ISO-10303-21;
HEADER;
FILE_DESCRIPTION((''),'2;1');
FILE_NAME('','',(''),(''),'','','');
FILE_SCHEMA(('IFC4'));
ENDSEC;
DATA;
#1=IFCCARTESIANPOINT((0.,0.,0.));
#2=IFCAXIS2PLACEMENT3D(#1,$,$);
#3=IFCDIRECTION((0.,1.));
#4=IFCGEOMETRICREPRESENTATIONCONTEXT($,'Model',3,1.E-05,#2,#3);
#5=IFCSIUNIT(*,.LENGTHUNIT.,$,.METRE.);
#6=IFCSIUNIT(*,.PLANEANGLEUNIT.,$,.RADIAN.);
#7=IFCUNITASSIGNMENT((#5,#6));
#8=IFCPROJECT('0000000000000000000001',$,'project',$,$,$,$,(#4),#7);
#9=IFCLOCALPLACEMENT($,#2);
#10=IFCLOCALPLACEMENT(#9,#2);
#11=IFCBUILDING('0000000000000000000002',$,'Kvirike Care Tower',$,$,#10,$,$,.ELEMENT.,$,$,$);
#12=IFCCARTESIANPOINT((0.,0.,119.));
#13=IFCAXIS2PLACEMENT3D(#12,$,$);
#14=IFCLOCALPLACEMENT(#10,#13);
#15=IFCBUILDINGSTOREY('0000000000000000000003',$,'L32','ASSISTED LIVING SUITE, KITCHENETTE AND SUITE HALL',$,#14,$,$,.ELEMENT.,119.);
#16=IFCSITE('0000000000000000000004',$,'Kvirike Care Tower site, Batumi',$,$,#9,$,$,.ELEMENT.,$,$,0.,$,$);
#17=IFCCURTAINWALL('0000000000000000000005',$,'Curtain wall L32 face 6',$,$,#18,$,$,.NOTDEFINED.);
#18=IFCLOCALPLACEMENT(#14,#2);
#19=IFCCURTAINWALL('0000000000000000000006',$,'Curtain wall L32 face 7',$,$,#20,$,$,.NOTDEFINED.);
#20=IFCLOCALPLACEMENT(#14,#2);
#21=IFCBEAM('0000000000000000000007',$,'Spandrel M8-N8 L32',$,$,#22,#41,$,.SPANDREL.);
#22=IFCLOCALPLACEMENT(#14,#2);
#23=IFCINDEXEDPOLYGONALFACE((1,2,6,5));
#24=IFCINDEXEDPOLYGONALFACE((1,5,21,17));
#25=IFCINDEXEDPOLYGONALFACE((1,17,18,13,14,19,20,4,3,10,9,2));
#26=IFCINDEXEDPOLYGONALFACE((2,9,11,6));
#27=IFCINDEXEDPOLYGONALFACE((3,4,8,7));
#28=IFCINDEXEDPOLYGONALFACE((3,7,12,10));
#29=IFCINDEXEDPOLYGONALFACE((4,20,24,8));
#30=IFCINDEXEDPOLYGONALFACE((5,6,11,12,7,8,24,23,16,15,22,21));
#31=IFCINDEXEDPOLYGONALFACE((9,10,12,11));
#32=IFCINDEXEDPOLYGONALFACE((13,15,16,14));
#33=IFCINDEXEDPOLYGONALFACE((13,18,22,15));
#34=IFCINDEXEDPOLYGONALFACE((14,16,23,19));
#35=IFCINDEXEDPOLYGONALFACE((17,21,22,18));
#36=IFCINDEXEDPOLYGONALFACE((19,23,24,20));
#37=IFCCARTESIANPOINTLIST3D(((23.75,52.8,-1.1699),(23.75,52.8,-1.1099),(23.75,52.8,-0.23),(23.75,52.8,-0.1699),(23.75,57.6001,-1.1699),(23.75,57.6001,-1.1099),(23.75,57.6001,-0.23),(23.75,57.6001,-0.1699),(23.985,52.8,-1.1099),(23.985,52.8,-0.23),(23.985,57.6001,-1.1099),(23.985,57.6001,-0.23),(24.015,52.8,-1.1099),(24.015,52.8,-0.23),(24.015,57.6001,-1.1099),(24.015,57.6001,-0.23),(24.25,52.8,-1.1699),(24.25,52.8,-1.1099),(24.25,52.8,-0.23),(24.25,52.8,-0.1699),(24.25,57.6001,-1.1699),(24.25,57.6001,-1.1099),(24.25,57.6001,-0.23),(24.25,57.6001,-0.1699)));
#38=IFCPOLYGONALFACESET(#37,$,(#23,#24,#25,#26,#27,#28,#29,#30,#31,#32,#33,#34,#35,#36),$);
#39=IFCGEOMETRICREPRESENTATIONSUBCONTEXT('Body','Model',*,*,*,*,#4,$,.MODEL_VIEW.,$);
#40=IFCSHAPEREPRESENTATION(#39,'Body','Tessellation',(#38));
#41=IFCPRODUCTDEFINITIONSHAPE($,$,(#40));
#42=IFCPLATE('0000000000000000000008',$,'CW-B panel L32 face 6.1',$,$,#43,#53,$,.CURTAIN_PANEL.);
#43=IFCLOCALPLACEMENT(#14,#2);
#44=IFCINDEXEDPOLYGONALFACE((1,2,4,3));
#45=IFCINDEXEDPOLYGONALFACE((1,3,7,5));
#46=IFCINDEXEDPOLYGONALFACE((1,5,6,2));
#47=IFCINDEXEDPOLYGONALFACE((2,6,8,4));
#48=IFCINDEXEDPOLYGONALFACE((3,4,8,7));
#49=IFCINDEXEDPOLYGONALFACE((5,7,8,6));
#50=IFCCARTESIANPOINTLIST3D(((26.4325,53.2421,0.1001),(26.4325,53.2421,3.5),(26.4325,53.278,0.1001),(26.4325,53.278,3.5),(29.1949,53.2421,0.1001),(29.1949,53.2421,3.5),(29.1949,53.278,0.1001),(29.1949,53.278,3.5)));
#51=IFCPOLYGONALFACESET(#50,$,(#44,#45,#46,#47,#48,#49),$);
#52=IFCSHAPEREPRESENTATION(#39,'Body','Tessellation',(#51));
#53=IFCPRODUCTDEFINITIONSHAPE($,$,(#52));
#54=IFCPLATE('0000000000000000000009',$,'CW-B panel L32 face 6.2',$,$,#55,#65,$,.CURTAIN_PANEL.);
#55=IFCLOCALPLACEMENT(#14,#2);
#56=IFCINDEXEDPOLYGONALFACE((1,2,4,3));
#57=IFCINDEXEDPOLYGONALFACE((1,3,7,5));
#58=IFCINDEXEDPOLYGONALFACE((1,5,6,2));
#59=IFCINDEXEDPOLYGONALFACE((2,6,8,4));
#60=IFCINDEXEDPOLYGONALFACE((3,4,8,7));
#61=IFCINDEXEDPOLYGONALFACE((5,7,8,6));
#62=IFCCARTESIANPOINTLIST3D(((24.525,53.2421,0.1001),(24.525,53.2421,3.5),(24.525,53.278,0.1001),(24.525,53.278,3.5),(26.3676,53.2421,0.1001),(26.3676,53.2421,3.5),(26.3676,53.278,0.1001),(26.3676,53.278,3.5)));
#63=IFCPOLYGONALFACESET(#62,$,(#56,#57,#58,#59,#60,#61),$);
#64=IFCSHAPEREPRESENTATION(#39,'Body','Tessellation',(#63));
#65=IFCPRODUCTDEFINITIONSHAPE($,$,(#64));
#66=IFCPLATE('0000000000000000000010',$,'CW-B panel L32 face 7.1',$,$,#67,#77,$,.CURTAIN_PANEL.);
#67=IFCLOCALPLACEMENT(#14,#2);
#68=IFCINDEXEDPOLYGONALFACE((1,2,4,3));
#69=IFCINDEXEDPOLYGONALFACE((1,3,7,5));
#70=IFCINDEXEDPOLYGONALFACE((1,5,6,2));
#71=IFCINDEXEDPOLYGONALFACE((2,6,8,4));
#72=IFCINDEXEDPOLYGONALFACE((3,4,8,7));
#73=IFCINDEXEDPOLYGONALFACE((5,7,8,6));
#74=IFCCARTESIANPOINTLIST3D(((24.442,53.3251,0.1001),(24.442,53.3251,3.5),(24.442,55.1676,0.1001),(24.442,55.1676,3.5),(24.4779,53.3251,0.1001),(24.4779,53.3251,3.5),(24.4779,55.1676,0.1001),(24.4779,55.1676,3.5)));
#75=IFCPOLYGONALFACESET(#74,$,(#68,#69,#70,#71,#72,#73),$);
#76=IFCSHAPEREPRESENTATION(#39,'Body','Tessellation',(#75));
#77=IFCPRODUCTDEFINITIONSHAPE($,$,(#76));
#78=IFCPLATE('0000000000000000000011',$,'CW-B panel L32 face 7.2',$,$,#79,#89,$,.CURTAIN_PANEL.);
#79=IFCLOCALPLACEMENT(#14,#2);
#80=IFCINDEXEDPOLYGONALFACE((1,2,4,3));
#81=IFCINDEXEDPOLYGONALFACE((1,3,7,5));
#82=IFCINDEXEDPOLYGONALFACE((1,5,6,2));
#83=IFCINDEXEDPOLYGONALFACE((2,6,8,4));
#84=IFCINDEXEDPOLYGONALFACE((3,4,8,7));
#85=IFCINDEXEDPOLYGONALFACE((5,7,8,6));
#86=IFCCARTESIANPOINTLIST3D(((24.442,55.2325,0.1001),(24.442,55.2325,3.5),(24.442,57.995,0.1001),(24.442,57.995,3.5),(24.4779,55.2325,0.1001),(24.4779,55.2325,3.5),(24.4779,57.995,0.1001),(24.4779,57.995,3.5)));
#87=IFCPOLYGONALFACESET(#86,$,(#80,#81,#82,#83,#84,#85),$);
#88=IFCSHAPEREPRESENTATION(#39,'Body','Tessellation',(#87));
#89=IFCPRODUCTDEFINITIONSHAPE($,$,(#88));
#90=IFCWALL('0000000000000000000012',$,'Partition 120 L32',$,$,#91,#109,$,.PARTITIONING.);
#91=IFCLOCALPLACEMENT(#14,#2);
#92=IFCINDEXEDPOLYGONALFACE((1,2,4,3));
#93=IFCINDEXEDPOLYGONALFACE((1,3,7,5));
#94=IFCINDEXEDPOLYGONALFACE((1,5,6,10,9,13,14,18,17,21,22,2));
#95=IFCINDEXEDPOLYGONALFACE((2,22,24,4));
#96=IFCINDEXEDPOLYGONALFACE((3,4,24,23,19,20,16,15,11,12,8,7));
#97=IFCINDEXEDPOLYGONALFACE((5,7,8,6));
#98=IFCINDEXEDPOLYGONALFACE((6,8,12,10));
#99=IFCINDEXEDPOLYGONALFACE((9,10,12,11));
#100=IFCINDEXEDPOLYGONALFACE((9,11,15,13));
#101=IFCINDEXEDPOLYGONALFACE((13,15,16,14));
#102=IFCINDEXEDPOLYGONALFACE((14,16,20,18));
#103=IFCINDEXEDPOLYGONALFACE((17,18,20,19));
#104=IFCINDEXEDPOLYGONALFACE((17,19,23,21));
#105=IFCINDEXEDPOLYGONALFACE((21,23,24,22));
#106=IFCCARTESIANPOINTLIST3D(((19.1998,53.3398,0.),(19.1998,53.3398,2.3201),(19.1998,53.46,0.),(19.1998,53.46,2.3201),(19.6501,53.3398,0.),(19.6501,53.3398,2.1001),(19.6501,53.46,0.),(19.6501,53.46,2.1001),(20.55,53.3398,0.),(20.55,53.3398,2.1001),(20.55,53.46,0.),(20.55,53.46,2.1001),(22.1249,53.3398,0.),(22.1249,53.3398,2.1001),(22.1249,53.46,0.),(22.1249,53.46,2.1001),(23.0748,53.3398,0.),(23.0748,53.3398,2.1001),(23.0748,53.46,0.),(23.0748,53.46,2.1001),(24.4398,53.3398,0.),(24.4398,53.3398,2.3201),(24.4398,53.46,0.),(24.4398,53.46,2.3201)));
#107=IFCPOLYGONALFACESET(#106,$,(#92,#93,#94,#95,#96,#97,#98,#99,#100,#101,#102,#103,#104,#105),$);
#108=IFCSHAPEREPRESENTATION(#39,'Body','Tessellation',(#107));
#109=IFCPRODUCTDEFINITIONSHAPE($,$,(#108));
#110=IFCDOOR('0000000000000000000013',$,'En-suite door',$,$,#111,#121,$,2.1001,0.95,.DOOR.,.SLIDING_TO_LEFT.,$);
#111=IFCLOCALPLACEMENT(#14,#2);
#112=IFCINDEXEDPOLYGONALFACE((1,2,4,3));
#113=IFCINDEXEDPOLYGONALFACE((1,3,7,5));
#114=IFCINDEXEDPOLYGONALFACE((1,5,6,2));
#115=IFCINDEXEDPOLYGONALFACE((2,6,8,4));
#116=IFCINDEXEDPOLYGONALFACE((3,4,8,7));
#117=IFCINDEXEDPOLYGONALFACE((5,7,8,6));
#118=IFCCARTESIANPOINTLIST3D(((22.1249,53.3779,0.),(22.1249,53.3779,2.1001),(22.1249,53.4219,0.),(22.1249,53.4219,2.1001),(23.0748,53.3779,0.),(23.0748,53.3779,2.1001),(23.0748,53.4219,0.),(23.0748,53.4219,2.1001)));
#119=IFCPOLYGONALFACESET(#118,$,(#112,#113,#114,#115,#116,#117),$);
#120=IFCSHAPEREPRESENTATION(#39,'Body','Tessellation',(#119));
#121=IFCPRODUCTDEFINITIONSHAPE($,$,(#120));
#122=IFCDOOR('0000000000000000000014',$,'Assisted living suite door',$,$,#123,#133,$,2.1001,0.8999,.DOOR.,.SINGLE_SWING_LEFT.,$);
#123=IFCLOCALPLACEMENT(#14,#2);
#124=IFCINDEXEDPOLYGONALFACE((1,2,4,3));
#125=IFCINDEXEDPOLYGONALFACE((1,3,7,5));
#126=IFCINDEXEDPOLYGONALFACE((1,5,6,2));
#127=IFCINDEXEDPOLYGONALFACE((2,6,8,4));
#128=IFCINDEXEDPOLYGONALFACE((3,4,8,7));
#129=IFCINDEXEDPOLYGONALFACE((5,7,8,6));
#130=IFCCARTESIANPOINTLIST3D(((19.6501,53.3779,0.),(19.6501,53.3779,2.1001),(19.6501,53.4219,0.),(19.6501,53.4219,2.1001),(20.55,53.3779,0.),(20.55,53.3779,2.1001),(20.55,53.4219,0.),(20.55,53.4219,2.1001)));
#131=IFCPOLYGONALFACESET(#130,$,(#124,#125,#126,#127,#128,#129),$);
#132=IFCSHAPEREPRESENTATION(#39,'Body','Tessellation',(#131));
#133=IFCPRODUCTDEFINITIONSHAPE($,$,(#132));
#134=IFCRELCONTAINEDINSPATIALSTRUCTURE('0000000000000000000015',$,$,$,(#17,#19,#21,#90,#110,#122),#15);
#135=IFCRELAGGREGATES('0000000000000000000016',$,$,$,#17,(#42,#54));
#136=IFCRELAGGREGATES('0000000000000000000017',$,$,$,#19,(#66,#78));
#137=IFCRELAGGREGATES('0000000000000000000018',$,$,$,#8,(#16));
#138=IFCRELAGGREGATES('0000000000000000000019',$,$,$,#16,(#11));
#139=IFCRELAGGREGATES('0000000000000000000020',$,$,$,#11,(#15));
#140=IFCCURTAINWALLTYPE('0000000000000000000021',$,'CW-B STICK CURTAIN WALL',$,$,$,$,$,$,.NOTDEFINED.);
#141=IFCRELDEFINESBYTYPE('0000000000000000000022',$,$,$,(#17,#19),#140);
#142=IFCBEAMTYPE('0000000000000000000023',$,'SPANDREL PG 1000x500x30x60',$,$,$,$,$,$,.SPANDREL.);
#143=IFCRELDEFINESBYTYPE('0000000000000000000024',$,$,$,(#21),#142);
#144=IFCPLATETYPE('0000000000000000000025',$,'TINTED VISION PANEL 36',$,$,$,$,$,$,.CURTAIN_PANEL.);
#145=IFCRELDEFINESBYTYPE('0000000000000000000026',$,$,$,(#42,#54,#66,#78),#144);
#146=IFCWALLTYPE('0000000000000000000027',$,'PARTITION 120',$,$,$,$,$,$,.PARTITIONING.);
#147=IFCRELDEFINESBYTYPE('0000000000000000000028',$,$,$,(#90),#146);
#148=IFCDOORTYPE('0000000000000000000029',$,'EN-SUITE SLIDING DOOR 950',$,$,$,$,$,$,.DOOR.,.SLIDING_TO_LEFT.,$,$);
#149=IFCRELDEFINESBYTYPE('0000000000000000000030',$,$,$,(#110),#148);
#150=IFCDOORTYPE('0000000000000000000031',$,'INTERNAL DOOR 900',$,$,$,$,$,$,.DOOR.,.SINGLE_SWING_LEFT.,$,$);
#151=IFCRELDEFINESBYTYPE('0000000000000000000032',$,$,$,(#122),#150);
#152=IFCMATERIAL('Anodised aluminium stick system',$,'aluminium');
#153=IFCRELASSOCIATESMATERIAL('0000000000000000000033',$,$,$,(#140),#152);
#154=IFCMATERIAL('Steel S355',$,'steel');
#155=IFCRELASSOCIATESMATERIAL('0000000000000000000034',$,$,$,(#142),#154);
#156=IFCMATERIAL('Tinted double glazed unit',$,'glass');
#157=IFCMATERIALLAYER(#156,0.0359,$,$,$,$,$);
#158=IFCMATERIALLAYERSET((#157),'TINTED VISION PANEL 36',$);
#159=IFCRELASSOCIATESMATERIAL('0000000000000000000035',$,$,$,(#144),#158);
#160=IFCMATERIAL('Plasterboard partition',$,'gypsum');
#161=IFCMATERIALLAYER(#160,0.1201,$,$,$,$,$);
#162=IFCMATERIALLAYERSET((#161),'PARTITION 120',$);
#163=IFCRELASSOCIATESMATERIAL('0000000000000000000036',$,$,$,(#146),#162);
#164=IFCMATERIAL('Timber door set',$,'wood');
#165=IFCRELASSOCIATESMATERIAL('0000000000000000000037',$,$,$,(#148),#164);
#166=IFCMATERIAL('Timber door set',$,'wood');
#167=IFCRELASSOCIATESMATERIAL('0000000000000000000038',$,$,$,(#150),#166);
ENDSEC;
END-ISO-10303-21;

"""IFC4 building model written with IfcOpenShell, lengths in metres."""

from ifc_helpers import new_model, si_unit, direction, frame, frame_2d, origin, origin_2d, place, context, subcontext, project, spatial, rectangle, i_section, extrude, material, layer, layer_set, material_profile, profile_set, type_object, element, fill, aggregate, save


model = new_model("IFC4")

# Units and contexts
model_context = context("Model", 3, precision=1e-05, world=origin(), true_north=direction((0.0, 1.0)))
body_context = subcontext(model_context, "Body", "Model", "MODEL_VIEW")
ifc_project = project(units=[si_unit("LENGTHUNIT", "METRE"), si_unit("PLANEANGLEUNIT", "RADIAN")], contexts=[model_context])

# Site, building, storey
site_placement = place(None, origin())
site = spatial("IfcSite", under=ifc_project, at=site_placement, Name="Kvirike Care Tower site, Batumi", CompositionType="ELEMENT", RefElevation=0.0)
building_placement = place(site_placement, origin())
building = spatial("IfcBuilding", under=site, at=building_placement, Name="Kvirike Care Tower", CompositionType="ELEMENT")
storey_placement = place(building_placement, frame((0.0, 0.0, 119.0)))
storey = spatial("IfcBuildingStorey", under=building, at=storey_placement, Name="L32", Description="ASSISTED LIVING SUITE, KITCHENETTE AND SUITE HALL", CompositionType="ELEMENT", Elevation=119.0)

# Curtain walls
ifc_material_1 = material(Name="Anodised aluminium stick system", Category="aluminium")
curtain_wall_type = type_object("IfcCurtainWallType", Name="CW-B STICK CURTAIN WALL", PredefinedType="NOTDEFINED", material=ifc_material_1)
curtain_wall_1_placement = place(storey_placement, origin())
curtain_wall_1 = element("IfcCurtainWall", 1, at=curtain_wall_1_placement, inside=storey, type_object=curtain_wall_type, Name="Curtain wall L32 face 6", PredefinedType="NOTDEFINED")
curtain_wall_2_placement = place(storey_placement, origin())
curtain_wall_2 = element("IfcCurtainWall", 2, at=curtain_wall_2_placement, inside=storey, type_object=curtain_wall_type, Name="Curtain wall L32 face 7", PredefinedType="NOTDEFINED")

# Beam
ifc_material_2 = material(Name="Steel S355", Category="steel")
ifc_material_profile_1 = material_profile(ifc_material_2, i_section(OverallWidth=0.5, OverallDepth=1.0, WebThickness=0.03, FlangeThickness=0.0601, at=origin_2d()), Name="PG 1000x500x30x60")
ifc_profile_set_1 = profile_set([ifc_material_profile_1], Name="Steel S355")
beam_type = type_object("IfcBeamType", Name="SPANDREL PG 1000x500x30x60", PredefinedType="SPANDREL", material=ifc_profile_set_1)
beam_placement = place(storey_placement, frame((24.0, 52.8, -0.6699), z_axis=(0.0, 1.0, 0.0), x_axis=(-1.0, 0.0, 0.0)))
element("IfcBeam", 3, at=beam_placement, inside=storey, type_object=beam_type, Name="Spandrel M8-N8 L32", PredefinedType="SPANDREL", context=body_context, shape_type="SweptSolid", body=[
    extrude(i_section(OverallWidth=0.5, OverallDepth=1.0, WebThickness=0.03, FlangeThickness=0.0601, at=origin_2d()), origin(), (0.0, 0.0, 1.0), 4.8),
])

# Plates
ifc_material_3 = material(Name="Tinted double glazed unit", Category="glass")
ifc_layer_1 = layer(ifc_material_3, 0.0359)
ifc_layer_set_1 = layer_set([ifc_layer_1], Name="TINTED VISION PANEL 36")
plate_type = type_object("IfcPlateType", Name="TINTED VISION PANEL 36", PredefinedType="CURTAIN_PANEL", material=ifc_layer_set_1)
plate_1_placement = place(storey_placement, frame((27.8137, 53.26, 0.1001), z_axis=(0.0, 0.0, 1.0), x_axis=(-1.0, 0.0, 0.0)))
plate_1 = element("IfcPlate", 4, at=plate_1_placement, type_object=plate_type, Name="CW-B panel L32 face 6.1", PredefinedType="CURTAIN_PANEL", context=body_context, shape_type="SweptSolid", body=[
    extrude(rectangle(XDim=2.7625, YDim=0.0359, at=origin_2d()), origin(), (0.0, 0.0, 1.0), 3.3999),
])
plate_2_placement = place(storey_placement, frame((25.4463, 53.26, 0.1001), z_axis=(0.0, 0.0, 1.0), x_axis=(-1.0, 0.0, 0.0)))
plate_2 = element("IfcPlate", 5, at=plate_2_placement, type_object=plate_type, Name="CW-B panel L32 face 6.2", PredefinedType="CURTAIN_PANEL", context=body_context, shape_type="SweptSolid", body=[
    extrude(rectangle(XDim=1.8425, YDim=0.0359, at=origin_2d()), origin(), (0.0, 0.0, 1.0), 3.3999),
])
aggregate(curtain_wall_1, [plate_1, plate_2])
plate_3_placement = place(storey_placement, frame((24.46, 54.2463, 0.1001), z_axis=(0.0, 0.0, 1.0), x_axis=(0.0, 1.0, 0.0)))
plate_3 = element("IfcPlate", 6, at=plate_3_placement, type_object=plate_type, Name="CW-B panel L32 face 7.1", PredefinedType="CURTAIN_PANEL", context=body_context, shape_type="SweptSolid", body=[
    extrude(rectangle(XDim=1.8425, YDim=0.0359, at=origin_2d()), origin(), (0.0, 0.0, 1.0), 3.3999),
])
plate_4_placement = place(storey_placement, frame((24.46, 56.6138, 0.1001), z_axis=(0.0, 0.0, 1.0), x_axis=(0.0, 1.0, 0.0)))
plate_4 = element("IfcPlate", 7, at=plate_4_placement, type_object=plate_type, Name="CW-B panel L32 face 7.2", PredefinedType="CURTAIN_PANEL", context=body_context, shape_type="SweptSolid", body=[
    extrude(rectangle(XDim=2.7625, YDim=0.0359, at=origin_2d()), origin(), (0.0, 0.0, 1.0), 3.3999),
])
aggregate(curtain_wall_2, [plate_3, plate_4])

# Wall, openings, doors
ifc_material_4 = material(Name="Plasterboard partition", Category="gypsum")
ifc_layer_2 = layer(ifc_material_4, 0.1201)
ifc_layer_set_2 = layer_set([ifc_layer_2], Name="PARTITION 120")
wall_type = type_object("IfcWallType", Name="PARTITION 120", PredefinedType="PARTITIONING", material=ifc_layer_set_2)
wall_placement = place(storey_placement, frame((24.4399, 53.3999, 0.0), z_axis=(0.0, 0.0, 1.0), x_axis=(-1.0, 0.0, 0.0)))
wall = element("IfcWall", 8, at=wall_placement, inside=storey, type_object=wall_type, Name="Partition 120 L32", PredefinedType="PARTITIONING", context=body_context, shape_type="SweptSolid", body=[
    extrude(rectangle(XDim=5.24, YDim=0.1201, at=frame_2d((2.6201, 0.0))), origin(), (0.0, 0.0, 1.0), 2.3201),
])
opening_1_placement = place(wall_placement, frame((3.8899, 0.0, 0.0)))
opening_1 = element("IfcOpeningElement", 9, at=opening_1_placement, cuts=wall, PredefinedType="OPENING", context=body_context, shape_type="SweptSolid", body=[
    extrude(rectangle(XDim=0.8999, YDim=2.1001, at=frame_2d((0.45, 1.05))), frame((0.0, 0.0706, 0.0), z_axis=(0.0, -1.0, 0.0), x_axis=(1.0, 0.0, 0.0)), (0.0, 0.0, 1.0), 0.1411),
])
opening_2_placement = place(wall_placement, frame((1.365, 0.0, 0.0)))
opening_2 = element("IfcOpeningElement", 10, at=opening_2_placement, cuts=wall, PredefinedType="OPENING", context=body_context, shape_type="SweptSolid", body=[
    extrude(rectangle(XDim=0.95, YDim=2.1001, at=frame_2d((0.4751, 1.05))), frame((0.0, 0.0706, 0.0), z_axis=(0.0, -1.0, 0.0), x_axis=(1.0, 0.0, 0.0)), (0.0, 0.0, 1.0), 0.1411),
])
ifc_material_5 = material(Name="Timber door set", Category="wood")
door_type_1 = type_object("IfcDoorType", Name="EN-SUITE SLIDING DOOR 950", OperationType="SLIDING_TO_LEFT", PredefinedType="DOOR", material=ifc_material_5)
door_1_placement = place(opening_2_placement, origin())
door_1 = element("IfcDoor", 11, at=door_1_placement, inside=storey, type_object=door_type_1, Name="En-suite door", OperationType="SLIDING_TO_LEFT", OverallHeight=2.1001, OverallWidth=0.95, PredefinedType="DOOR", context=body_context, shape_type="SweptSolid", body=[
    extrude(rectangle(XDim=0.95, YDim=2.1001, at=frame_2d((0.4751, 1.05))), frame((0.0, 0.022, 0.0), z_axis=(0.0, -1.0, 0.0), x_axis=(1.0, 0.0, 0.0)), (0.0, 0.0, 1.0), 0.0439),
])
fill(opening_2, door_1)
ifc_material_6 = material(Name="Timber door set", Category="wood")
door_type_2 = type_object("IfcDoorType", Name="INTERNAL DOOR 900", OperationType="SINGLE_SWING_LEFT", PredefinedType="DOOR", material=ifc_material_6)
door_2_placement = place(opening_1_placement, origin())
door_2 = element("IfcDoor", 12, at=door_2_placement, inside=storey, type_object=door_type_2, Name="Assisted living suite door", OperationType="SINGLE_SWING_LEFT", OverallHeight=2.1001, OverallWidth=0.8999, PredefinedType="DOOR", context=body_context, shape_type="SweptSolid", body=[
    extrude(rectangle(XDim=0.8999, YDim=2.1001, at=frame_2d((0.45, 1.05))), frame((0.0, 0.022, 0.0), z_axis=(0.0, -1.0, 0.0), x_axis=(1.0, 0.0, 0.0)), (0.0, 0.0, 1.0), 0.0439),
])
fill(opening_1, door_2)

save(model, "model.ifc")
